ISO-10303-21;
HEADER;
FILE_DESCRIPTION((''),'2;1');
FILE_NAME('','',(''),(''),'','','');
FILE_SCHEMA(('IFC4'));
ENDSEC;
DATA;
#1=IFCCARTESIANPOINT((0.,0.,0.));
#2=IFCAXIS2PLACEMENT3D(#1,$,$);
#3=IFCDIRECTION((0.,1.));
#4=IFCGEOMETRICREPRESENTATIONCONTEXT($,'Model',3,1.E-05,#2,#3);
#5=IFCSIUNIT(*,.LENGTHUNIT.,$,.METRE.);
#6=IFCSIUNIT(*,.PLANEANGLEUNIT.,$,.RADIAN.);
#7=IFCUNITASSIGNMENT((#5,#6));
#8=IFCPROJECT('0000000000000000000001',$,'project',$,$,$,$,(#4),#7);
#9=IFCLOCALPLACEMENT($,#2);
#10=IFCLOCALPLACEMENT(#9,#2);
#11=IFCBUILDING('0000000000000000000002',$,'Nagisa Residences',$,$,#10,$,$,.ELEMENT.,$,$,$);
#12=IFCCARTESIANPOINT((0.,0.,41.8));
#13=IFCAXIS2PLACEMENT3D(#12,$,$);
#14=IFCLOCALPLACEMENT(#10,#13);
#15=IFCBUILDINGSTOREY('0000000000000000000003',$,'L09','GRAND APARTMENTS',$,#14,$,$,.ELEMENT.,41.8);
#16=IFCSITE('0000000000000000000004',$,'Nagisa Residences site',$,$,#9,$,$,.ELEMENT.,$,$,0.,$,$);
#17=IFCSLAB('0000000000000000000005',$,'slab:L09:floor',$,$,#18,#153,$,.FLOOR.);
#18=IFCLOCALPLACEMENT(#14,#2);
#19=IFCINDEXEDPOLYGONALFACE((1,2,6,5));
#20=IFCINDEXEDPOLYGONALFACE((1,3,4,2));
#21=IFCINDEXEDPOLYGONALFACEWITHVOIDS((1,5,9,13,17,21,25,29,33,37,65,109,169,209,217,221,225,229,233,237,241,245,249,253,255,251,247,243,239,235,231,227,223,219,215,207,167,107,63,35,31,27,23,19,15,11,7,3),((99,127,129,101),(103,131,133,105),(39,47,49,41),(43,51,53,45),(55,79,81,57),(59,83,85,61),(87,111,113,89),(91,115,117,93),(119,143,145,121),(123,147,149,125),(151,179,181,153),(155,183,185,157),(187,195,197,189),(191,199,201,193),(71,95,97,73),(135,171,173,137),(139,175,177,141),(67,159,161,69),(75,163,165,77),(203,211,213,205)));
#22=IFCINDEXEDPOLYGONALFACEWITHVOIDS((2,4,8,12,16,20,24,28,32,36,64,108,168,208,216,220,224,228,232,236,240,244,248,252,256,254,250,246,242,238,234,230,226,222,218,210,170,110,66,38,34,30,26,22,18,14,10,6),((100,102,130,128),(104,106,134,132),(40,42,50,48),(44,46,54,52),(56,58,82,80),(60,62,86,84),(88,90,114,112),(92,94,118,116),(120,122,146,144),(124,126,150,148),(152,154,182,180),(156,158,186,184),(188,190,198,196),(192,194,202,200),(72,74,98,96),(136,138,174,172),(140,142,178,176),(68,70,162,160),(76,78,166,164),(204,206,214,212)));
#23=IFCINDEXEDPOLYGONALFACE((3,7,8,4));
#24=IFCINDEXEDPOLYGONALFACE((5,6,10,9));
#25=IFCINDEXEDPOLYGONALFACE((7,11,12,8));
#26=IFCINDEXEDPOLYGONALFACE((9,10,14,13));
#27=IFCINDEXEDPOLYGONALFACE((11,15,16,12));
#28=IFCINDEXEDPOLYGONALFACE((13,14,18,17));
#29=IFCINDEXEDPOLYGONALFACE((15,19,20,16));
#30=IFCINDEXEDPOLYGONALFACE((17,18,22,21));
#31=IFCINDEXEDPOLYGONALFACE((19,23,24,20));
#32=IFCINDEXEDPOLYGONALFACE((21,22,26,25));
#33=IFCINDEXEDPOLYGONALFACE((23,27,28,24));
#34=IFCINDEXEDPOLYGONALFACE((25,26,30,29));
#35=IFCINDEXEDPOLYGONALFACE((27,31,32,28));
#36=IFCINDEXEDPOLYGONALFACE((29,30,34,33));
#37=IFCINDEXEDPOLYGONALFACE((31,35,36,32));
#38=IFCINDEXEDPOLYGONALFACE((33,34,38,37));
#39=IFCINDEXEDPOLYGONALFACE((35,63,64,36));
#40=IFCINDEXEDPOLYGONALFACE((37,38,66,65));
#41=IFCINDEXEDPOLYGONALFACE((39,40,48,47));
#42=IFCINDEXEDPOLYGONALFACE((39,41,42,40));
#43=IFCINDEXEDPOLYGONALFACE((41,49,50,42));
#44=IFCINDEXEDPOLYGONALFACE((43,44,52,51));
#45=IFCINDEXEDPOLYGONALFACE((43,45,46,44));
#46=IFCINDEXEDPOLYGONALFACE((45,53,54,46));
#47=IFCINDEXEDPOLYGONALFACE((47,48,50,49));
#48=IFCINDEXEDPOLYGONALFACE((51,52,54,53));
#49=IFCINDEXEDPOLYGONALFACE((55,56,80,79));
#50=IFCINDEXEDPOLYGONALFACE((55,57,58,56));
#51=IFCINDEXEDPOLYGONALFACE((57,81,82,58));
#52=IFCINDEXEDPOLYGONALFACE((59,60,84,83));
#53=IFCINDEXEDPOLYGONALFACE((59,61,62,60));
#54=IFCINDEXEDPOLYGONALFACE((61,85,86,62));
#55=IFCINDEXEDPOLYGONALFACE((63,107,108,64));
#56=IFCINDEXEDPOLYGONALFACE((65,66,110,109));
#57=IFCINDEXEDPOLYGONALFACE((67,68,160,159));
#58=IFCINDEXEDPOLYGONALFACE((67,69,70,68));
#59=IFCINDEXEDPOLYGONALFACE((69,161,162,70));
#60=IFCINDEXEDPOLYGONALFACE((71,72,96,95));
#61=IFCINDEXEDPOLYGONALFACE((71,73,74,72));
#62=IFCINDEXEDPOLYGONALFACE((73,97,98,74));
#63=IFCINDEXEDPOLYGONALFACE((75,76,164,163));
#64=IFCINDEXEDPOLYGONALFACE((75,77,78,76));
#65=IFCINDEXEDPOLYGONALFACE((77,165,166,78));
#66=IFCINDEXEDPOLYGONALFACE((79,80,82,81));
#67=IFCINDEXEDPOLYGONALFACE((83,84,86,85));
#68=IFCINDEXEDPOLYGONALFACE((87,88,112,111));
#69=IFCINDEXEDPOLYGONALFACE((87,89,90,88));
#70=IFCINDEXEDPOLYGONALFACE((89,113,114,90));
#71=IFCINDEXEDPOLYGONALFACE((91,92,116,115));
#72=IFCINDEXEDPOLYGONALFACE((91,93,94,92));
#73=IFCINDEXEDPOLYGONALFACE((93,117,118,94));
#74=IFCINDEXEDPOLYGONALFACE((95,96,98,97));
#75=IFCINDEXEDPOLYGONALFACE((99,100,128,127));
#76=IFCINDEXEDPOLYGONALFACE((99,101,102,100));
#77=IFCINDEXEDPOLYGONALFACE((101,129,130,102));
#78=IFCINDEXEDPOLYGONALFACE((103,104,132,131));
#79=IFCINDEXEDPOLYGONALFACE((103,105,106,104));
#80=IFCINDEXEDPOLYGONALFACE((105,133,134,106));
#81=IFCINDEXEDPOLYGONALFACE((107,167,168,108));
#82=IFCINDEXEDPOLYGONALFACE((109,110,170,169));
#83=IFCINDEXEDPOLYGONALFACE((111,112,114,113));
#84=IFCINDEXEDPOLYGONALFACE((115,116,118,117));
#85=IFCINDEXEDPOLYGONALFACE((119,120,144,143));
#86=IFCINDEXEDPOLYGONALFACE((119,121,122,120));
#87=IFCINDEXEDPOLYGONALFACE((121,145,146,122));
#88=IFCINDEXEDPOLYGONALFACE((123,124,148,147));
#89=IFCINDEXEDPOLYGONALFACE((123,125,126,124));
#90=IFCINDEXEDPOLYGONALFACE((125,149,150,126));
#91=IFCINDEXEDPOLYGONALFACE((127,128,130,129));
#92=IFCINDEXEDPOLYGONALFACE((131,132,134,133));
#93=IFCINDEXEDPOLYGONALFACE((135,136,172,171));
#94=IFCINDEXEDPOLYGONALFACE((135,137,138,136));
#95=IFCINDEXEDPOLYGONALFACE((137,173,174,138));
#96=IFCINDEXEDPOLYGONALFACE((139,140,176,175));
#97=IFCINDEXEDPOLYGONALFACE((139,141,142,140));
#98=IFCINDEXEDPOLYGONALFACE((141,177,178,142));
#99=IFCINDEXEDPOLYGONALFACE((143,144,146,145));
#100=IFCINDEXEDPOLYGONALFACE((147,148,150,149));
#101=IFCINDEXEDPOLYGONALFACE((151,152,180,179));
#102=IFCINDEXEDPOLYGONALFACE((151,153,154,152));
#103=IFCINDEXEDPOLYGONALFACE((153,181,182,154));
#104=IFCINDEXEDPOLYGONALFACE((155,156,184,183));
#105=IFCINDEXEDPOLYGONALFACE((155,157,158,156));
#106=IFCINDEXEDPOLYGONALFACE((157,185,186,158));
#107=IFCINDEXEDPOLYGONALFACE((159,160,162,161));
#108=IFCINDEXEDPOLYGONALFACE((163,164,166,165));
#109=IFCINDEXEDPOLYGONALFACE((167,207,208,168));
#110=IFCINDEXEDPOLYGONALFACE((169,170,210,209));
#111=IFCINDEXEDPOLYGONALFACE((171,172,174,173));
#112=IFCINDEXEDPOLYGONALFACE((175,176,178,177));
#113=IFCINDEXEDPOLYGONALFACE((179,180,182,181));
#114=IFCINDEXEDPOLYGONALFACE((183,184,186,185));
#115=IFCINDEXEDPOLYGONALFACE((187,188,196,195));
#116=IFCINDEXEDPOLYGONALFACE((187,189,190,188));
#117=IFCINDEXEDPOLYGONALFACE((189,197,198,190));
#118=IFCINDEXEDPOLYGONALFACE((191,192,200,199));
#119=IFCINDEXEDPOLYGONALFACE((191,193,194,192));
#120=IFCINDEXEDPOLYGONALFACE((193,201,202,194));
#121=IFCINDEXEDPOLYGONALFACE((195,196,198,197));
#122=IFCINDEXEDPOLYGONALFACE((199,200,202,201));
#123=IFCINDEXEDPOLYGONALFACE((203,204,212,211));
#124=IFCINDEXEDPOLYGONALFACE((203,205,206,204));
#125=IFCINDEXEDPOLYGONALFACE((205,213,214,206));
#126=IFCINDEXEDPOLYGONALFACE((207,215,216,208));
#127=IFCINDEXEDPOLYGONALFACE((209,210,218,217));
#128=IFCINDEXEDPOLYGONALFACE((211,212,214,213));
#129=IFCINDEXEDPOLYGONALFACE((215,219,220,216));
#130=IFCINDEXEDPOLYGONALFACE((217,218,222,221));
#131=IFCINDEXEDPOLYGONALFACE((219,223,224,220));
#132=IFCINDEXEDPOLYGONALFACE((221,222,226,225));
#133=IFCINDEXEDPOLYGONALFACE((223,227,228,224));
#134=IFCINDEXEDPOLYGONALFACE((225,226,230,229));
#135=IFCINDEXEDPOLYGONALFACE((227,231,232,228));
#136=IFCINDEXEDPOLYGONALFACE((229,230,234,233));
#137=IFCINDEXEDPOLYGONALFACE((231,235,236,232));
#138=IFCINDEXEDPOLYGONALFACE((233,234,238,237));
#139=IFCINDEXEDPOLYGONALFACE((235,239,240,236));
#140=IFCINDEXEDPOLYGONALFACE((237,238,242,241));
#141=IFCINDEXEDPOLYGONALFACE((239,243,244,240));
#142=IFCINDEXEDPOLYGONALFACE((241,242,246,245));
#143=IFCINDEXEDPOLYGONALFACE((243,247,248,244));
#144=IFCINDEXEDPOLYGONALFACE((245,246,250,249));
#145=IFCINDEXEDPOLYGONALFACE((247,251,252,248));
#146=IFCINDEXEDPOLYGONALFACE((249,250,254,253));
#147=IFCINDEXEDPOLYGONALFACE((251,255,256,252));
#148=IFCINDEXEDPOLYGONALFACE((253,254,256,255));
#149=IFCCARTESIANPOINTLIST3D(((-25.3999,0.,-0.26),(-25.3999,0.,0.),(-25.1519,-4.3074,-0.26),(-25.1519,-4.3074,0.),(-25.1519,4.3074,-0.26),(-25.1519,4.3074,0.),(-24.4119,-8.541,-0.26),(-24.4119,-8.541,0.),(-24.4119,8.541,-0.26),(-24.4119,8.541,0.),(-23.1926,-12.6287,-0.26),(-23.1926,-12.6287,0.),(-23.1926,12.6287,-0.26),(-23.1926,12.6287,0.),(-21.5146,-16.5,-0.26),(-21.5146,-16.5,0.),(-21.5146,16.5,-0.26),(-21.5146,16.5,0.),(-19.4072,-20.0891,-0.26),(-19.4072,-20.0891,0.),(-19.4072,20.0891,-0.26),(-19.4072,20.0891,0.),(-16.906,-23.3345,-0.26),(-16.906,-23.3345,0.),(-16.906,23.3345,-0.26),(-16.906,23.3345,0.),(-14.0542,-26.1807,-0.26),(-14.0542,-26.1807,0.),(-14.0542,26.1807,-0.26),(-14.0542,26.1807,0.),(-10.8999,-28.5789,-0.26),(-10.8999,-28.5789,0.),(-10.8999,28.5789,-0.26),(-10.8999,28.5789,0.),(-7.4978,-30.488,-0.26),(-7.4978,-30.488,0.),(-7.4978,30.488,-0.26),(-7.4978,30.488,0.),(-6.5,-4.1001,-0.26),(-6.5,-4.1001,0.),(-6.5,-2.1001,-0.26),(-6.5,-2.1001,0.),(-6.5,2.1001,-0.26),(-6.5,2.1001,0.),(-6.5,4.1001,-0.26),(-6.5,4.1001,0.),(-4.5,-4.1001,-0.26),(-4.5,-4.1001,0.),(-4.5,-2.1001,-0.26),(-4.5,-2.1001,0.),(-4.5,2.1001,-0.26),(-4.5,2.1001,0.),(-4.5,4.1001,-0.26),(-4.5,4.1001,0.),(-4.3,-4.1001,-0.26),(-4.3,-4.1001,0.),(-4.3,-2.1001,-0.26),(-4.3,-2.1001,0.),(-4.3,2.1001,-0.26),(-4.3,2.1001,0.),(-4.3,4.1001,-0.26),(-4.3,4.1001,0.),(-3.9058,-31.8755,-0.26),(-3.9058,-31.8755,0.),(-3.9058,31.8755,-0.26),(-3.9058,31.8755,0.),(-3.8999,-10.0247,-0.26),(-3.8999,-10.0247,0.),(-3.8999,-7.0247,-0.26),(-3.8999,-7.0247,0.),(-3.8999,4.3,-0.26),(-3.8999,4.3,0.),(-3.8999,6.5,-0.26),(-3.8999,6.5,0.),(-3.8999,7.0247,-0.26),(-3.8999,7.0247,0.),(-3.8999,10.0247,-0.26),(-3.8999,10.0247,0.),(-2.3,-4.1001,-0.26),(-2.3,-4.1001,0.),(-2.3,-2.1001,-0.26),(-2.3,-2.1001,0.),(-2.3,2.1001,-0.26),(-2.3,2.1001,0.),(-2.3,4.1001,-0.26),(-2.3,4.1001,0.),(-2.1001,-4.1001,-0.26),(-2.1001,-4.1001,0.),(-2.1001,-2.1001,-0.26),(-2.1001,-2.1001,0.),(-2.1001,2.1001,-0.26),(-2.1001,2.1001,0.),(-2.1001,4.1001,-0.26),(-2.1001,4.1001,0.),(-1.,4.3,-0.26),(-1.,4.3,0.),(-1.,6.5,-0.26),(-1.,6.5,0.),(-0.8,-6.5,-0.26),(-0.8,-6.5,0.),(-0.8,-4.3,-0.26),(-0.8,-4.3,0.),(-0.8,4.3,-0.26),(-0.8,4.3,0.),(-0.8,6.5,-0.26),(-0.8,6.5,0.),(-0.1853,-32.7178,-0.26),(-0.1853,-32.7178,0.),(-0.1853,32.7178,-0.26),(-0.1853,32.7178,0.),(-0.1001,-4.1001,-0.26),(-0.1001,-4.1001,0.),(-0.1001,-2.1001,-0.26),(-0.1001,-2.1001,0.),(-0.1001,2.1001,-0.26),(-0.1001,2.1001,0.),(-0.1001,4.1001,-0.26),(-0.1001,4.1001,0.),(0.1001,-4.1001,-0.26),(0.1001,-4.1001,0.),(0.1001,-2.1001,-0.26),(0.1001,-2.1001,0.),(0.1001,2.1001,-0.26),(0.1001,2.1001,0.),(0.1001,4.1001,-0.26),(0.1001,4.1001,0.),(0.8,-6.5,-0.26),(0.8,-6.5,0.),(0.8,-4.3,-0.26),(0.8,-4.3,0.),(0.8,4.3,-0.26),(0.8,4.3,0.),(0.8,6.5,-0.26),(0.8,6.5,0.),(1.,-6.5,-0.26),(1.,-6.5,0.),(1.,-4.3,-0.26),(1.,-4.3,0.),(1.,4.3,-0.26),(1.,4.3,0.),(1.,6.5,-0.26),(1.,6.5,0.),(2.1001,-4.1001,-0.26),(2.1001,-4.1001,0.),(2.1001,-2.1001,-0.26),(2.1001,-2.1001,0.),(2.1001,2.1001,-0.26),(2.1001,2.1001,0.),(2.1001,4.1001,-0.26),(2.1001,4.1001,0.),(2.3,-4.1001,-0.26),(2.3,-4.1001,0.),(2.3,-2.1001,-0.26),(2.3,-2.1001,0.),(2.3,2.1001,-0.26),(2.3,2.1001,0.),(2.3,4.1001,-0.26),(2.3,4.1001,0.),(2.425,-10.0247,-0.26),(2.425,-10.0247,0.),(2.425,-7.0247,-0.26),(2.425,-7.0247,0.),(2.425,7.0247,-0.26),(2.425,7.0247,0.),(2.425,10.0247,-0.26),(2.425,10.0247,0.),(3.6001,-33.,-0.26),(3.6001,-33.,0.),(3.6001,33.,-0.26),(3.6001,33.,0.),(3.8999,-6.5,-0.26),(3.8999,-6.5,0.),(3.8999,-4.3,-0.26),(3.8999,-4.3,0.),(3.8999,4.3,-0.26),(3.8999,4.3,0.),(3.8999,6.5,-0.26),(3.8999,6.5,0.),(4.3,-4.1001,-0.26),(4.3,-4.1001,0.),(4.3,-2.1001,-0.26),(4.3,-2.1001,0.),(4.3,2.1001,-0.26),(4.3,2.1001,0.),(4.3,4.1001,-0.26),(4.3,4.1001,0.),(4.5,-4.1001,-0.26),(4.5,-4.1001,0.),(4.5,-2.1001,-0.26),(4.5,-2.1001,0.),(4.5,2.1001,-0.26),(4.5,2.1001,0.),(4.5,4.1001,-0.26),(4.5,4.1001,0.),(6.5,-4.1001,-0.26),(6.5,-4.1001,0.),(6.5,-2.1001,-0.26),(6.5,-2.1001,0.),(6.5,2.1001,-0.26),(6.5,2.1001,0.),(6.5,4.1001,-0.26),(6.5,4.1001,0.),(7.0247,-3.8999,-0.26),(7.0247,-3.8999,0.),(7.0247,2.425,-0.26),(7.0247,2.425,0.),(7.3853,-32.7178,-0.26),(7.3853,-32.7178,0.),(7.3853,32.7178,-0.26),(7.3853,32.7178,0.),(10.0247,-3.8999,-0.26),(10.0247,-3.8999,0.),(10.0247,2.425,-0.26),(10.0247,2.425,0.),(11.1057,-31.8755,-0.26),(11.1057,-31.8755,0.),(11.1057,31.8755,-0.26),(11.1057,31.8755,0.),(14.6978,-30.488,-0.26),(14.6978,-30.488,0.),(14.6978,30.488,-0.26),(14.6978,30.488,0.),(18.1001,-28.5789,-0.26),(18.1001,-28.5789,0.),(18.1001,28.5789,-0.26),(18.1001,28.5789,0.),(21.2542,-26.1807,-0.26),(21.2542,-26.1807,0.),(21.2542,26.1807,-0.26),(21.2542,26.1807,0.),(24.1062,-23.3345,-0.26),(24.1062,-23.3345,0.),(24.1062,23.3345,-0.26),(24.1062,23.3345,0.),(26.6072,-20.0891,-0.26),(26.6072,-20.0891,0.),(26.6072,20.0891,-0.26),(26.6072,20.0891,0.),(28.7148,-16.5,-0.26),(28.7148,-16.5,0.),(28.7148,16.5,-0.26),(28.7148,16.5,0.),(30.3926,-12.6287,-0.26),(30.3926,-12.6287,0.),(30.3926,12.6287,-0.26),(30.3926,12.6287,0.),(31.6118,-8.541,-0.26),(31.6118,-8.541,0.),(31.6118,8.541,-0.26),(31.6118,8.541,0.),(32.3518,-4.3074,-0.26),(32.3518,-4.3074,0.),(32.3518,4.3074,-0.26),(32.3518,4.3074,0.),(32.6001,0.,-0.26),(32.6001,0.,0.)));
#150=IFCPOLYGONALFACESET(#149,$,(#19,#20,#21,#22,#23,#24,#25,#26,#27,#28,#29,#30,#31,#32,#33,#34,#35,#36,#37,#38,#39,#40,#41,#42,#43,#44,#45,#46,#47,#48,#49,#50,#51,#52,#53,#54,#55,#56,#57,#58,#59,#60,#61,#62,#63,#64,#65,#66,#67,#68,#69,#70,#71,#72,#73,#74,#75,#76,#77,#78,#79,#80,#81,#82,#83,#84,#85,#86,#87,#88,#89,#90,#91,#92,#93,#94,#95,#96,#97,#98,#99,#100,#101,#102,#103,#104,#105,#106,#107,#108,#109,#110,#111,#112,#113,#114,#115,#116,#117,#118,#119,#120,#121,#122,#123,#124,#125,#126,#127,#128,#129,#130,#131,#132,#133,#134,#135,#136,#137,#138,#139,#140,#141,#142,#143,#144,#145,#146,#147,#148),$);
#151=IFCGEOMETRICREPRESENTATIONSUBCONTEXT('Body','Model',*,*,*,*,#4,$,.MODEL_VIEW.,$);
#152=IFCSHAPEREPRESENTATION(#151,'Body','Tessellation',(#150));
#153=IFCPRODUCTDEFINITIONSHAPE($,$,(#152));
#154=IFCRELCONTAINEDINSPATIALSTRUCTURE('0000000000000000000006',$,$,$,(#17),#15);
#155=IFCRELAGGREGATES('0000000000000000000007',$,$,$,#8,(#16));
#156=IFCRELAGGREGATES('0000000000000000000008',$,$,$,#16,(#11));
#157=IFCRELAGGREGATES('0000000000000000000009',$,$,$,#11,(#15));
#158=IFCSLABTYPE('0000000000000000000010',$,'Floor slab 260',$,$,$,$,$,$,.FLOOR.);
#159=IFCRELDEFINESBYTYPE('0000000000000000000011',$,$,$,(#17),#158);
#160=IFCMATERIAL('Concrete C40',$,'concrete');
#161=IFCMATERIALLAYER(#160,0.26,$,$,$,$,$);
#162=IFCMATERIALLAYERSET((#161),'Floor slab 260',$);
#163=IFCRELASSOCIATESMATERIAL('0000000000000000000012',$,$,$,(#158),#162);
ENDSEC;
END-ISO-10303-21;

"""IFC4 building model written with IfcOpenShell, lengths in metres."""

from ifc_helpers import new_model, si_unit, direction, frame, origin, place, context, subcontext, project, spatial, polyline, outline, extrude, material, layer, layer_set, type_object, element, save


model = new_model("IFC4")

# Units and contexts
model_context = context("Model", 3, precision=1e-05, world=origin(), true_north=direction((0.0, 1.0)))
body_context = subcontext(model_context, "Body", "Model", "MODEL_VIEW")
ifc_project = project(units=[si_unit("LENGTHUNIT", "METRE"), si_unit("PLANEANGLEUNIT", "RADIAN")], contexts=[model_context])

# Site, building, storey
site_placement = place(None, origin())
site = spatial("IfcSite", under=ifc_project, at=site_placement, Name="Nagisa Residences site", CompositionType="ELEMENT", RefElevation=0.0)
building_placement = place(site_placement, origin())
building = spatial("IfcBuilding", under=site, at=building_placement, Name="Nagisa Residences", CompositionType="ELEMENT")
storey_placement = place(building_placement, frame((0.0, 0.0, 41.8)))
storey = spatial("IfcBuildingStorey", under=building, at=storey_placement, Name="L09", Description="GRAND APARTMENTS", CompositionType="ELEMENT", Elevation=41.8)

# Slab
ifc_material_1 = material(Name="Concrete C40", Category="concrete")
ifc_layer_1 = layer(ifc_material_1, 0.26)
ifc_layer_set_1 = layer_set([ifc_layer_1], Name="Floor slab 260")
slab_type_1 = type_object("IfcSlabType", Name="Floor slab 260", PredefinedType="FLOOR", material=ifc_layer_set_1)
slab_1_placement = place(storey_placement, frame((0.0, 0.0, -0.26)))
element("IfcSlab", 1, at=slab_1_placement, inside=storey, type_object=slab_type_1, Name="slab:L09:floor", PredefinedType="FLOOR", context=body_context, shape_type="SweptSolid", body=[
    extrude(outline(polyline([(32.6001, 0.0), (32.3518, 4.3074), (31.6118, 8.541), (30.3926, 12.6287), (28.7148, 16.5), (26.6072, 20.0891), (24.1062, 23.3345), (21.2542, 26.1807), (18.1001, 28.5789), (14.6978, 30.488), (11.1057, 31.8755), (7.3853, 32.7178), (3.6001, 33.0), (-0.1853, 32.7178), (-3.9058, 31.8755), (-7.4978, 30.488), (-10.8999, 28.5789), (-14.0542, 26.1807), (-16.906, 23.3345), (-19.4072, 20.0891), (-21.5146, 16.5), (-23.1926, 12.6287), (-24.4119, 8.541), (-25.1519, 4.3074), (-25.3999, 0.0), (-25.1519, -4.3074), (-24.4119, -8.541), (-23.1926, -12.6287), (-21.5146, -16.5), (-19.4072, -20.0891), (-16.906, -23.3345), (-14.0542, -26.1807), (-10.8999, -28.5789), (-7.4978, -30.488), (-3.9058, -31.8755), (-0.1853, -32.7178), (3.6001, -33.0), (7.3853, -32.7178), (11.1057, -31.8755), (14.6978, -30.488), (18.1001, -28.5789), (21.2542, -26.1807), (24.1062, -23.3345), (26.6072, -20.0891), (28.7148, -16.5), (30.3926, -12.6287), (31.6118, -8.541), (32.3518, -4.3074), (32.6001, 0.0)]), holes=[polyline([(-4.5, 2.1001), (-4.5, 4.1001), (-6.5, 4.1001), (-6.5, 2.1001), (-4.5, 2.1001)]), polyline([(-2.3, 2.1001), (-2.3, 4.1001), (-4.3, 4.1001), (-4.3, 2.1001), (-2.3, 2.1001)]), polyline([(-0.1001, 2.1001), (-0.1001, 4.1001), (-2.1001, 4.1001), (-2.1001, 2.1001), (-0.1001, 2.1001)]), polyline([(2.1001, 2.1001), (2.1001, 4.1001), (0.1001, 4.1001), (0.1001, 2.1001), (2.1001, 2.1001)]), polyline([(4.3, 2.1001), (4.3, 4.1001), (2.3, 4.1001), (2.3, 2.1001), (4.3, 2.1001)]), polyline([(6.5, 2.1001), (6.5, 4.1001), (4.5, 4.1001), (4.5, 2.1001), (6.5, 2.1001)]), polyline([(-4.5, -4.1001), (-4.5, -2.1001), (-6.5, -2.1001), (-6.5, -4.1001), (-4.5, -4.1001)]), polyline([(-2.3, -4.1001), (-2.3, -2.1001), (-4.3, -2.1001), (-4.3, -4.1001), (-2.3, -4.1001)]), polyline([(-0.1001, -4.1001), (-0.1001, -2.1001), (-2.1001, -2.1001), (-2.1001, -4.1001), (-0.1001, -4.1001)]), polyline([(2.1001, -4.1001), (2.1001, -2.1001), (0.1001, -2.1001), (0.1001, -4.1001), (2.1001, -4.1001)]), polyline([(4.3, -4.1001), (4.3, -2.1001), (2.3, -2.1001), (2.3, -4.1001), (4.3, -4.1001)]), polyline([(6.5, -4.1001), (6.5, -2.1001), (4.5, -2.1001), (4.5, -4.1001), (6.5, -4.1001)]), polyline([(3.8999, 4.3), (3.8999, 6.5), (1.0, 6.5), (1.0, 4.3), (3.8999, 4.3)]), polyline([(3.8999, -6.5), (3.8999, -4.3), (1.0, -4.3), (1.0, -6.5), (3.8999, -6.5)]), polyline([(-1.0, 4.3), (-1.0, 6.5), (-3.8999, 6.5), (-3.8999, 4.3), (-1.0, 4.3)]), polyline([(0.8, 4.3), (0.8, 6.5), (-0.8, 6.5), (-0.8, 4.3), (0.8, 4.3)]), polyline([(0.8, -6.5), (0.8, -4.3), (-0.8, -4.3), (-0.8, -6.5), (0.8, -6.5)]), polyline([(10.0247, -3.8999), (7.0247, -3.8999), (7.0247, 2.425), (10.0247, 2.425), (10.0247, -3.8999)]), polyline([(-3.8999, 7.0247), (-3.8999, 10.0247), (2.425, 10.0247), (2.425, 7.0247), (-3.8999, 7.0247)]), polyline([(-3.8999, -10.0247), (-3.8999, -7.0247), (2.425, -7.0247), (2.425, -10.0247), (-3.8999, -10.0247)])]), origin(), (0.0, 0.0, 1.0), 0.26),
])

save(model, "model.ifc")
